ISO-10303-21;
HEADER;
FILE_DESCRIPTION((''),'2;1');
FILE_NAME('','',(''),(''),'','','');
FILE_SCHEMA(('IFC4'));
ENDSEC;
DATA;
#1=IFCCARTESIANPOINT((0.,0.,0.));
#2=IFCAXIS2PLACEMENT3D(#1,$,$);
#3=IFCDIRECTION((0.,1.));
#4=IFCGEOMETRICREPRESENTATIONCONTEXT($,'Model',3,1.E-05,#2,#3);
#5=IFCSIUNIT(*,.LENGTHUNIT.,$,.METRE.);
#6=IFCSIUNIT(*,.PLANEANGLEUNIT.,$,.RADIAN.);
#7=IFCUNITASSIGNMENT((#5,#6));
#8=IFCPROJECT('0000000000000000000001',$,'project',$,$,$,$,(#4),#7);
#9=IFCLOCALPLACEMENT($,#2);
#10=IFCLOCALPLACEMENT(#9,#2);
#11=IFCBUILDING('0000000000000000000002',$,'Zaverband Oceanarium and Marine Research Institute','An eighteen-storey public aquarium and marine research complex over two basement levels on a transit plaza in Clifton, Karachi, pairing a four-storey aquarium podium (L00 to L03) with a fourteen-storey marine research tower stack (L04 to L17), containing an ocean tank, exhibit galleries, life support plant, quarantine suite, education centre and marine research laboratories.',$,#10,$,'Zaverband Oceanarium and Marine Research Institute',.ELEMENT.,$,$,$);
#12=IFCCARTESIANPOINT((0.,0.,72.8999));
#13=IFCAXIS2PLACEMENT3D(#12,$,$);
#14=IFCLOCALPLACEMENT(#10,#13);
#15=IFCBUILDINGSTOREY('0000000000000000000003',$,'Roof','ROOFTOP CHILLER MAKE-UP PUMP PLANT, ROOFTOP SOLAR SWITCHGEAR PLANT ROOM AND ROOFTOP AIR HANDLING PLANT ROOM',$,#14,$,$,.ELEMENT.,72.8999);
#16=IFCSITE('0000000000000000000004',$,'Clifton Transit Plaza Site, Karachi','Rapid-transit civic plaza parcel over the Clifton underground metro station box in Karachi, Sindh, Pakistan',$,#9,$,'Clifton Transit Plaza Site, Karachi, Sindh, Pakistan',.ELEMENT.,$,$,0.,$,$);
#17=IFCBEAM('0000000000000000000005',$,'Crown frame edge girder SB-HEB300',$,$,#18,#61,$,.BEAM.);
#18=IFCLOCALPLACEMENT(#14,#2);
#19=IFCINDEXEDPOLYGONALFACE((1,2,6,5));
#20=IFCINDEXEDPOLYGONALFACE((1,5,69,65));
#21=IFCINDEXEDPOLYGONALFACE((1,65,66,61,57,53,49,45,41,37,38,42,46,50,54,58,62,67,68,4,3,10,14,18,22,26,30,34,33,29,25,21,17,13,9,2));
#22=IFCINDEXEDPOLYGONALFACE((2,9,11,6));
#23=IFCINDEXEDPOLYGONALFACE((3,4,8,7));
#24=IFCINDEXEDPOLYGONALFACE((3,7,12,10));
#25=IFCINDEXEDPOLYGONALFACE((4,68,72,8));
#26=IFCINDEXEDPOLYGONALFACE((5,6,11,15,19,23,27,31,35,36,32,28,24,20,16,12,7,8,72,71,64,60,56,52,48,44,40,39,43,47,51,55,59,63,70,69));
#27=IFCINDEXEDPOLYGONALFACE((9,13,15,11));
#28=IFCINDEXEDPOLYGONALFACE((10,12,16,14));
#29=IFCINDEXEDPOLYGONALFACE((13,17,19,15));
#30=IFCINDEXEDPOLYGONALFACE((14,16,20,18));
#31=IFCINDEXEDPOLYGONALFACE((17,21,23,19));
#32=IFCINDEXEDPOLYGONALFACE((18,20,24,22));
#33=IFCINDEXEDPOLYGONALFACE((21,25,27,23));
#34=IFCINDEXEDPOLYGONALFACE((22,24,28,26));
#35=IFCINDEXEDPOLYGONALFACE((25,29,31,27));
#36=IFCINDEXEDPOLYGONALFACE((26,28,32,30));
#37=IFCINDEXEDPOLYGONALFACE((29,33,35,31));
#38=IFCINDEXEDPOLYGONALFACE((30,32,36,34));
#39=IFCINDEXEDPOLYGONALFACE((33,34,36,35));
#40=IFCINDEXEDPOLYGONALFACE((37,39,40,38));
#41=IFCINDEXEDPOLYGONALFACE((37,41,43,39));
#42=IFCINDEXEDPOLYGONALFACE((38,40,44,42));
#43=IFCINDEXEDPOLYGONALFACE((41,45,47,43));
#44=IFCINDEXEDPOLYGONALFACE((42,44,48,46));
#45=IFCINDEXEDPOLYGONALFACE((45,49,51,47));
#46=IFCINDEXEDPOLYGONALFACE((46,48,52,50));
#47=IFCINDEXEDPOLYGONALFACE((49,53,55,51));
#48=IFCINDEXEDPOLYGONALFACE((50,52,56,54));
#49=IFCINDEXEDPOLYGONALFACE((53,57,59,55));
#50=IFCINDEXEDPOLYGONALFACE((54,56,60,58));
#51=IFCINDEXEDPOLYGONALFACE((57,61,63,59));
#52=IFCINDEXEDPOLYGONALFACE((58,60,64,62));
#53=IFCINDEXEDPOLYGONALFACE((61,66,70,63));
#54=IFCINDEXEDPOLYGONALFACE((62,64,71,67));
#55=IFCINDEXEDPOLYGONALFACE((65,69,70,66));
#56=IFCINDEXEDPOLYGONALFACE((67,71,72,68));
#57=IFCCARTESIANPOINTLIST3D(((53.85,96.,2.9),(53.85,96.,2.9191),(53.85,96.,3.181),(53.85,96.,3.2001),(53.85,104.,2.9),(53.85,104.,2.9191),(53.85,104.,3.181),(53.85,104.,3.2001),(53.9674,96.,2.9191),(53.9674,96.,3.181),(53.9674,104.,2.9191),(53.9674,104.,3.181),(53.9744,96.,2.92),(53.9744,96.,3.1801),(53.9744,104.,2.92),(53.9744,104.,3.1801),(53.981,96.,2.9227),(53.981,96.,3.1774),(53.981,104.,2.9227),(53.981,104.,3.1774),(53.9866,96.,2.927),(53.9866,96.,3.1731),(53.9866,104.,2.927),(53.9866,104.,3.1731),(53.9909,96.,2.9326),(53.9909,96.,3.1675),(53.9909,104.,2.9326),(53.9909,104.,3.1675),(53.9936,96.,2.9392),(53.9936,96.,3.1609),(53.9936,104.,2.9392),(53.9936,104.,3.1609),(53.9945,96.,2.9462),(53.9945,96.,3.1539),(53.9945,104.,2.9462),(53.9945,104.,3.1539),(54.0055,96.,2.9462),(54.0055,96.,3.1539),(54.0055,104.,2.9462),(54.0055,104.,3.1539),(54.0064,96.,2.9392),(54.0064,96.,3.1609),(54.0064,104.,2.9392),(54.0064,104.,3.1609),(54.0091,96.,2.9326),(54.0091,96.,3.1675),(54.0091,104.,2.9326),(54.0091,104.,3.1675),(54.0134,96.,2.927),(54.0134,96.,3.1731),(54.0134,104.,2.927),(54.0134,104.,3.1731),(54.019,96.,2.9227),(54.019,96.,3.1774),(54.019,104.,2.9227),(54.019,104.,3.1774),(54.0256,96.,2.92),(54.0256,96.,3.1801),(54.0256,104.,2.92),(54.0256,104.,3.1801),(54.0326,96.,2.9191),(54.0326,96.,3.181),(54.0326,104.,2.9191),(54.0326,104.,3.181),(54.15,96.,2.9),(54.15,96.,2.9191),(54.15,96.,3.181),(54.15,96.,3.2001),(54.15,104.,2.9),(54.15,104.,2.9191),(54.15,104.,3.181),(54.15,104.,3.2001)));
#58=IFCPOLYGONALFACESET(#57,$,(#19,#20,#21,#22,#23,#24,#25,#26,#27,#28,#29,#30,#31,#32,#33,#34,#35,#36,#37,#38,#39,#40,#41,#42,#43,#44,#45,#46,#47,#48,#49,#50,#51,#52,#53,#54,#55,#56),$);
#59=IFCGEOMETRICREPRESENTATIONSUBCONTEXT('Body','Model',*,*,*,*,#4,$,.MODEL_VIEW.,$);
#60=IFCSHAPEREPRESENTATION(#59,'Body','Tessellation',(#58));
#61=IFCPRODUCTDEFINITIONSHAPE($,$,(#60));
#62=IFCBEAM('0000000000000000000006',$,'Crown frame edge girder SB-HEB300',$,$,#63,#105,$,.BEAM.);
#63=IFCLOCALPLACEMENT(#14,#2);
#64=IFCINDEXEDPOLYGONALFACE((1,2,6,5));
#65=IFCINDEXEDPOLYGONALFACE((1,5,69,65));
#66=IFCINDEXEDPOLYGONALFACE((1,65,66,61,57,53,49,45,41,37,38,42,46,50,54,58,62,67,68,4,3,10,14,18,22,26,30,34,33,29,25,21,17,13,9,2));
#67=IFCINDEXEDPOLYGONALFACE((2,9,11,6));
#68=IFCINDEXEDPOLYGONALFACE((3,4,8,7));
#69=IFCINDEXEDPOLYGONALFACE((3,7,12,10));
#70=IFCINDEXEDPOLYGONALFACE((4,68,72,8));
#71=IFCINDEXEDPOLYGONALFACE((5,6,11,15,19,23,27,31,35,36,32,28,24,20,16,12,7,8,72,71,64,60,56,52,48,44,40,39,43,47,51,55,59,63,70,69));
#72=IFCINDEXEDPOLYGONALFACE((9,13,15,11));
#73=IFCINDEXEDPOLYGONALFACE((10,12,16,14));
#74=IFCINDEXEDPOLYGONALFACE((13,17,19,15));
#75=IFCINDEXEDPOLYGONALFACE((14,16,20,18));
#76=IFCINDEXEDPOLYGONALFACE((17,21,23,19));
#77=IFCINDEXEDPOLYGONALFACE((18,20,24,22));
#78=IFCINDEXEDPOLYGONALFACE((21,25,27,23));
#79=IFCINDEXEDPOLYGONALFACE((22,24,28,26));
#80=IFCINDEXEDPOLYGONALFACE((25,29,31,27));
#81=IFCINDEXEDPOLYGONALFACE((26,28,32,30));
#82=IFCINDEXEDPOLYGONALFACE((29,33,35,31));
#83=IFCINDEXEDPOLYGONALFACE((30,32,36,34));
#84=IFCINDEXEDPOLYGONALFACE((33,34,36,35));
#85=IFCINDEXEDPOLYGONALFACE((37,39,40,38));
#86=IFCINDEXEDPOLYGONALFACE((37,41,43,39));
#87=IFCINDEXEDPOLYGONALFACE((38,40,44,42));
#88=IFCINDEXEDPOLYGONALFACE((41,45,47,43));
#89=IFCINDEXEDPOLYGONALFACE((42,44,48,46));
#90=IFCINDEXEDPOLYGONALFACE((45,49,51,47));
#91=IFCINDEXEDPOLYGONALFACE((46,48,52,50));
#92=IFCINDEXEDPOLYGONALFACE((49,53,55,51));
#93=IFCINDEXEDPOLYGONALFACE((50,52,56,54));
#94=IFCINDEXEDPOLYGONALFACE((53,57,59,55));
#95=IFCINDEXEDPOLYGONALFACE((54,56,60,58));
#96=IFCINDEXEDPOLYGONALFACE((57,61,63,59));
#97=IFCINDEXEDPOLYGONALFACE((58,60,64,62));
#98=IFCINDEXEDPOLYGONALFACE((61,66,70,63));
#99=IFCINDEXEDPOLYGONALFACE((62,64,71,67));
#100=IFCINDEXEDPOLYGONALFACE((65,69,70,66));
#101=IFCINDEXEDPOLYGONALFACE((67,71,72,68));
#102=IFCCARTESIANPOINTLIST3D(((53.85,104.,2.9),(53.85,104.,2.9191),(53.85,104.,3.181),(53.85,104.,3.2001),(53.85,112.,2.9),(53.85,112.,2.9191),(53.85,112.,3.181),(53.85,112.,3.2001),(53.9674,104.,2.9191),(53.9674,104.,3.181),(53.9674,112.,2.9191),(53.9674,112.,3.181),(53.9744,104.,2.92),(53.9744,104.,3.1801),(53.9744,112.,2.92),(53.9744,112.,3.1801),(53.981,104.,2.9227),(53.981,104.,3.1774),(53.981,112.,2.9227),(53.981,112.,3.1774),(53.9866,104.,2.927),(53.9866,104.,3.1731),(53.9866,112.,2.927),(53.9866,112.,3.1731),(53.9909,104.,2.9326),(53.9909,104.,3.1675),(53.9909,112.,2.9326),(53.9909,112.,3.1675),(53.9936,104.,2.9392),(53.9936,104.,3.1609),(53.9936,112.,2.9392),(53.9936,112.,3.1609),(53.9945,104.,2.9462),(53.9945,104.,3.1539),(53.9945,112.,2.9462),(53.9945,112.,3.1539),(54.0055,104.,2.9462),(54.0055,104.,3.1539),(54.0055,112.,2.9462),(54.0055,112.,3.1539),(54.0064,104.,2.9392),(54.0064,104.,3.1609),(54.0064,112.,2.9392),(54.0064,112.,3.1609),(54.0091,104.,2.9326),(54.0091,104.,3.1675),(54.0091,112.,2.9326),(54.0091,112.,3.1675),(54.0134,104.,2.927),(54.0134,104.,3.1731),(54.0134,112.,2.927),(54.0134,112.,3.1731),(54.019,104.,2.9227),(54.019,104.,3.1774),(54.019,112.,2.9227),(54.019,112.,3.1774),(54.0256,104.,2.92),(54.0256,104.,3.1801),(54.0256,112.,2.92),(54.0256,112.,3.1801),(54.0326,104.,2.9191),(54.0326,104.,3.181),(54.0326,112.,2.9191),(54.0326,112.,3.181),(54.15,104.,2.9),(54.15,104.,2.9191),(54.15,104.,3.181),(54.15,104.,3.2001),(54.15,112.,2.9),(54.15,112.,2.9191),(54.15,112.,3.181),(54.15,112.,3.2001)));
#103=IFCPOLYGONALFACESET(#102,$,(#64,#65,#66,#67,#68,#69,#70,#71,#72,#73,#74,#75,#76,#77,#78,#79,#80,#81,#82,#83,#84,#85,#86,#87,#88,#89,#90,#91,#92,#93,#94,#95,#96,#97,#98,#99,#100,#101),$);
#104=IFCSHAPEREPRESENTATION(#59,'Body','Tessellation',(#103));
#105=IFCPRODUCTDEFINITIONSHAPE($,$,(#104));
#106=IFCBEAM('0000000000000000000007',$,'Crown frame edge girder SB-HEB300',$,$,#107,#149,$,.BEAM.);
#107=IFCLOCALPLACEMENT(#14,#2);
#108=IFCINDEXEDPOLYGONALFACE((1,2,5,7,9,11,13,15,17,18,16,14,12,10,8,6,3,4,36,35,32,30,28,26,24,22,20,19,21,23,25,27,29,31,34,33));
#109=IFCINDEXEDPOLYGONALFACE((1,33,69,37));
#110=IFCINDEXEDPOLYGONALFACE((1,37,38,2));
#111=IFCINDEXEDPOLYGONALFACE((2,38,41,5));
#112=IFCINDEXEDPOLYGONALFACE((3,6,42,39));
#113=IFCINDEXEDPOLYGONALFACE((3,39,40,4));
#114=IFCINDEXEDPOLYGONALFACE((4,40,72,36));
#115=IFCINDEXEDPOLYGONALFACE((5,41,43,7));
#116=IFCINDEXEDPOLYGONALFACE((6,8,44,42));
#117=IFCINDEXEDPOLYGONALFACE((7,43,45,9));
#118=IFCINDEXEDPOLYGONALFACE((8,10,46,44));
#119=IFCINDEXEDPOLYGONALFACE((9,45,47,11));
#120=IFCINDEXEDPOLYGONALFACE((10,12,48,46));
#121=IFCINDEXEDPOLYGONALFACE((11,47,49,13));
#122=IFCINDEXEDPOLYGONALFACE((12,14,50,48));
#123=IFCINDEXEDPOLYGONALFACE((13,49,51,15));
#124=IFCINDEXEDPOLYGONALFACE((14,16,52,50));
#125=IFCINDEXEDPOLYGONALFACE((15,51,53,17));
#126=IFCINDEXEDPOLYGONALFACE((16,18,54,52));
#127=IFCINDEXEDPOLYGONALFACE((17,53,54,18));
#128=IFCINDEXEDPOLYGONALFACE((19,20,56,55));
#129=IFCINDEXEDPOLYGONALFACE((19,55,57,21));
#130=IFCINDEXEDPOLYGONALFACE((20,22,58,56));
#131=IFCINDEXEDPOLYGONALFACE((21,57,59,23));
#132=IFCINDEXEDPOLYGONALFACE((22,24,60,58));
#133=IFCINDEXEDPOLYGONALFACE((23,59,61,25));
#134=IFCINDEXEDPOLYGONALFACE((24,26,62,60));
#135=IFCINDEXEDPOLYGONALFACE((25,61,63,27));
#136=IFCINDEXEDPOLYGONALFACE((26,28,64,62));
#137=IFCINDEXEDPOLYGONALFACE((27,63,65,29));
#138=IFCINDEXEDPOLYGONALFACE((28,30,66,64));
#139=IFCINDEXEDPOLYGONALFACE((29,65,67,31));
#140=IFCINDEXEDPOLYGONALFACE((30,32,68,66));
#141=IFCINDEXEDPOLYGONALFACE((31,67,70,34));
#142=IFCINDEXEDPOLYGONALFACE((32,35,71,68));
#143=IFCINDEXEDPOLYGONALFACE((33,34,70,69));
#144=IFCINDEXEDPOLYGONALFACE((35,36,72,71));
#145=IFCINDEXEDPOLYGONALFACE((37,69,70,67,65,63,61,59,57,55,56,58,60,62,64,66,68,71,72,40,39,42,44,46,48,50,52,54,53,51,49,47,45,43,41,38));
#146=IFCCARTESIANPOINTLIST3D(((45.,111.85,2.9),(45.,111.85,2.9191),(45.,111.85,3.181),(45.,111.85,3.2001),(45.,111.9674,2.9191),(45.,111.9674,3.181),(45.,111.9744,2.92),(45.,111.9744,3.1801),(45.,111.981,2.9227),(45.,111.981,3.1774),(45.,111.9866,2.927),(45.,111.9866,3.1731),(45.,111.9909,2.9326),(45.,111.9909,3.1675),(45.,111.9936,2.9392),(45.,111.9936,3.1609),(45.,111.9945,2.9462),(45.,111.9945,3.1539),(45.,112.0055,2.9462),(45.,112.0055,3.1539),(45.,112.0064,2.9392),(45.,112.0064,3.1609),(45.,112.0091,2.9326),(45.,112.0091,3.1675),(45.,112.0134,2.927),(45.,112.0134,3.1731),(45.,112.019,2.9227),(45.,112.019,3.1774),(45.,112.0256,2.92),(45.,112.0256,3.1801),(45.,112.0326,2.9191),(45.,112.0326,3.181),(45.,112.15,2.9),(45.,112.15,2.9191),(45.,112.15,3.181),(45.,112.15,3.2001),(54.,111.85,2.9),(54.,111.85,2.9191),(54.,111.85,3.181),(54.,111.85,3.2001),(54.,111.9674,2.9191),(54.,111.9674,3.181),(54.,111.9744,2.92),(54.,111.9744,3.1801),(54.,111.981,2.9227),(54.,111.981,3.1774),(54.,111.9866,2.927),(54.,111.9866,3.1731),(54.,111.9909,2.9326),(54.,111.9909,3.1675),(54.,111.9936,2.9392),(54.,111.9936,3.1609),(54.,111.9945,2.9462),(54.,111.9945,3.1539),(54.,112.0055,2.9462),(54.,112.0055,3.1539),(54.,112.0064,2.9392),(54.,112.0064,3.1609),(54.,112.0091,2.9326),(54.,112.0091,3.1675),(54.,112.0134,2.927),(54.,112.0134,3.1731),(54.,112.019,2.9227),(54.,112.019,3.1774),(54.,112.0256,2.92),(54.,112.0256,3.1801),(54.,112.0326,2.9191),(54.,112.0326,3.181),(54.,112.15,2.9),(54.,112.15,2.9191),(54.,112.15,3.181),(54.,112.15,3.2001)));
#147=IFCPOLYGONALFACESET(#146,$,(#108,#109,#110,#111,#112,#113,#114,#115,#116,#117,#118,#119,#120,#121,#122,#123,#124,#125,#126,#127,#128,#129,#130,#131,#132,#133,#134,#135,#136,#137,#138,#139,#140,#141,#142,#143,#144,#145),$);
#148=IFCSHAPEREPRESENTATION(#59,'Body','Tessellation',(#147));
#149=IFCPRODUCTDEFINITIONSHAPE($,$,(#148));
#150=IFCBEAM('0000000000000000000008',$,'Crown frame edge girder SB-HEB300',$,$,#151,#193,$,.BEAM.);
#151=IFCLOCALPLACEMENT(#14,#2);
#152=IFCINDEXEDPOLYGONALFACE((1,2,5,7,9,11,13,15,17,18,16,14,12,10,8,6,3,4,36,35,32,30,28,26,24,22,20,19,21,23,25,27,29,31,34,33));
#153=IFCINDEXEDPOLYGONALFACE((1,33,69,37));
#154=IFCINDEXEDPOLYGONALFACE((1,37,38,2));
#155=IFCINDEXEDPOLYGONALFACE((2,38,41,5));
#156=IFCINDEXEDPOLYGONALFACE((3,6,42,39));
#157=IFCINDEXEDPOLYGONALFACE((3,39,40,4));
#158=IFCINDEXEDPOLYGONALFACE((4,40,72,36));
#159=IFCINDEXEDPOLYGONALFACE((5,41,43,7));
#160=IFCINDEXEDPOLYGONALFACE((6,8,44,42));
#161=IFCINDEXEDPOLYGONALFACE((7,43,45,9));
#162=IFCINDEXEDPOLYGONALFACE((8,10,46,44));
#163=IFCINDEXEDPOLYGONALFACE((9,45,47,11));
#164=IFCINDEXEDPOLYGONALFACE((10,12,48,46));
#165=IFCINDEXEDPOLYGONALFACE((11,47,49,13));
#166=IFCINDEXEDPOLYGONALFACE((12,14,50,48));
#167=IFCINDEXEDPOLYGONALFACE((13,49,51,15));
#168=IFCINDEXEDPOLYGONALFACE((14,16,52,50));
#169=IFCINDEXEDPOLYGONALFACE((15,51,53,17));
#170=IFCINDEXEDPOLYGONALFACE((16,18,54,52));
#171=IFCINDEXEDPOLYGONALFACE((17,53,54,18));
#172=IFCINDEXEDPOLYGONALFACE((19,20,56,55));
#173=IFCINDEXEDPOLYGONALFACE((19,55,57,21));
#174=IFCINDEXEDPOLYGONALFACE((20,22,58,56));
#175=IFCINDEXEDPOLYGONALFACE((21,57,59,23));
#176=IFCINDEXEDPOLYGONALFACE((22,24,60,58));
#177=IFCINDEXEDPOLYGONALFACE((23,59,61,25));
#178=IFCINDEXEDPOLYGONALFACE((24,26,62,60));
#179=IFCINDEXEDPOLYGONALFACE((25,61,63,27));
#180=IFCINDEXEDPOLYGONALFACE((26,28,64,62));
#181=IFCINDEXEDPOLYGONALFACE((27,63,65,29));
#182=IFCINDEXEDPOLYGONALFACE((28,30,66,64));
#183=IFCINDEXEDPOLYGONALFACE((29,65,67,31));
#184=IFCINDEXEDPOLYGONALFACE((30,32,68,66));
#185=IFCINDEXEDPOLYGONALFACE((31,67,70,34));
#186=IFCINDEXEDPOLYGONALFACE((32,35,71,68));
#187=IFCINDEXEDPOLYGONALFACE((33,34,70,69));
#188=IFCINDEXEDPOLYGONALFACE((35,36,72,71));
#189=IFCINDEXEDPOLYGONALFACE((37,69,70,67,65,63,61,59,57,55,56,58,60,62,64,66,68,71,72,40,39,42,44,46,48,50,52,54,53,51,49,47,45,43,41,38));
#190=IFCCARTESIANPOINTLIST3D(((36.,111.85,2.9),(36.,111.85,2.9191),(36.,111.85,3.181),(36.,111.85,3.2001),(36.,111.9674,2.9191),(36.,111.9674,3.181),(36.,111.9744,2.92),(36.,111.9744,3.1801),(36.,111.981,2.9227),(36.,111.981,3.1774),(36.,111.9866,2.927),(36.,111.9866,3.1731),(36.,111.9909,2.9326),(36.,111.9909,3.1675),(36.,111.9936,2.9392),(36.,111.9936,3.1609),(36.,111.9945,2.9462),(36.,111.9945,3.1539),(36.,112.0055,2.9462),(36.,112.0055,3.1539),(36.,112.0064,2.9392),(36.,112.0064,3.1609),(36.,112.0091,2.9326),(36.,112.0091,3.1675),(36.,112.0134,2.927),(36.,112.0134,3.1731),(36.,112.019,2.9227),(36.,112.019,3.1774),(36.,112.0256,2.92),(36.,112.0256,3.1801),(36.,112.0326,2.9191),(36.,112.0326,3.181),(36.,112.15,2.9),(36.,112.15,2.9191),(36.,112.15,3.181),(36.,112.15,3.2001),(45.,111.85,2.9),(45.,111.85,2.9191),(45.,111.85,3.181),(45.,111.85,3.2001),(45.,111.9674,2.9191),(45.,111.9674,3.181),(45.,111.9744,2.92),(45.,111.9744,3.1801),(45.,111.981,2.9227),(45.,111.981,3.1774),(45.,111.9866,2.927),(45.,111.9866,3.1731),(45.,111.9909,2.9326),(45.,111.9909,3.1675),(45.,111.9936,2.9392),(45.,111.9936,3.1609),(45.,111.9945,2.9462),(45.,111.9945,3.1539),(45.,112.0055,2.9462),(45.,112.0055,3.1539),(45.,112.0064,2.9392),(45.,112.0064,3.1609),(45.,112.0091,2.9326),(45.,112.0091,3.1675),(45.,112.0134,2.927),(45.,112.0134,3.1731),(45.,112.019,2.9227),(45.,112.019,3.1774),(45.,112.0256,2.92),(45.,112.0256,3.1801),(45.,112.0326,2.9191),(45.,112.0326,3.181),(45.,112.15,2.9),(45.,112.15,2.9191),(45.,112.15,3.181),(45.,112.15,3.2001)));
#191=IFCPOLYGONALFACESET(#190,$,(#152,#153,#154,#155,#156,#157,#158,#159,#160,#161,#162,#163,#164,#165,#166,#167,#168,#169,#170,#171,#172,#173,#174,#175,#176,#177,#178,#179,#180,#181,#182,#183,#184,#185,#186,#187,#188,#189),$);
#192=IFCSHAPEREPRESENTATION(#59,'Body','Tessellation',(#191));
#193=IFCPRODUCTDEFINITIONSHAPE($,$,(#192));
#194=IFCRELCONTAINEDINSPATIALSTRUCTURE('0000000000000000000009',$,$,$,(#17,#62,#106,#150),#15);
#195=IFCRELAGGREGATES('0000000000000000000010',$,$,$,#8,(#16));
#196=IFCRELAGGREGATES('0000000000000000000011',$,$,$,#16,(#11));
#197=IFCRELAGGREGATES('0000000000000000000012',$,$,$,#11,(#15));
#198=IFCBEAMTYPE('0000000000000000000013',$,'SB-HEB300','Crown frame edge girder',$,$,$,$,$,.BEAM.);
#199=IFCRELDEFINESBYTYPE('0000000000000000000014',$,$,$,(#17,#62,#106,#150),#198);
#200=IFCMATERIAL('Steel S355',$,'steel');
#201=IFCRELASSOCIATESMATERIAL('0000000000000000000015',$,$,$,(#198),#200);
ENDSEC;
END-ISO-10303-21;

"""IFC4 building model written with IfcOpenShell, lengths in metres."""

from ifc_helpers import new_model, si_unit, direction, frame, origin, origin_2d, place, context, subcontext, project, spatial, i_section, extrude, material, material_profile, profile_set, type_object, element, save


model = new_model("IFC4")

# Units and contexts
model_context = context("Model", 3, precision=1e-05, world=origin(), true_north=direction((0.0, 1.0)))
body_context = subcontext(model_context, "Body", "Model", "MODEL_VIEW")
ifc_project = project(units=[si_unit("LENGTHUNIT", "METRE"), si_unit("PLANEANGLEUNIT", "RADIAN")], contexts=[model_context])

# Site, building, storey
site_placement = place(None, origin())
site = spatial("IfcSite", under=ifc_project, at=site_placement, Name="Clifton Transit Plaza Site, Karachi", Description="Rapid-transit civic plaza parcel over the Clifton underground metro station box in Karachi, Sindh, Pakistan", LongName="Clifton Transit Plaza Site, Karachi, Sindh, Pakistan", CompositionType="ELEMENT", RefElevation=0.0)
building_placement = place(site_placement, origin())
building = spatial("IfcBuilding", under=site, at=building_placement, Name="Zaverband Oceanarium and Marine Research Institute", Description="An eighteen-storey public aquarium and marine research complex over two basement levels on a transit plaza in Clifton, Karachi, pairing a four-storey aquarium podium (L00 to L03) with a fourteen-storey marine research tower stack (L04 to L17), containing an ocean tank, exhibit galleries, life support plant, quarantine suite, education centre and marine research laboratories.", LongName="Zaverband Oceanarium and Marine Research Institute", CompositionType="ELEMENT")
storey_placement = place(building_placement, frame((0.0, 0.0, 72.8999)))
storey = spatial("IfcBuildingStorey", under=building, at=storey_placement, Name="Roof", Description="ROOFTOP CHILLER MAKE-UP PUMP PLANT, ROOFTOP SOLAR SWITCHGEAR PLANT ROOM AND ROOFTOP AIR HANDLING PLANT ROOM", CompositionType="ELEMENT", Elevation=72.8999)

# Shared definitions
ifc_material_1 = material(Name="Steel S355", Category="steel")

# Beams
ifc_material_profile_1 = material_profile(ifc_material_1, i_section(OverallWidth=0.3, OverallDepth=0.3, WebThickness=0.011, FlangeThickness=0.019, FilletRadius=0.0271, at=origin_2d()), Name="HEB300")
ifc_profile_set_1 = profile_set([ifc_material_profile_1], Name="Steel S355")
beam_type = type_object("IfcBeamType", Name="SB-HEB300", Description="Crown frame edge girder", PredefinedType="BEAM", material=ifc_profile_set_1)
for number, where, z_axis, x_axis, name in (
    (1, (54.0, 96.0, 3.05), (0.0, 1.0, 0.0), (-1.0, 0.0, 0.0), "Crown frame edge girder SB-HEB300"),
    (2, (54.0, 104.0, 3.05), (0.0, 1.0, 0.0), (-1.0, 0.0, 0.0), "Crown frame edge girder SB-HEB300"),
):
    element("IfcBeam", number, at=place(storey_placement, frame(where, z_axis=z_axis, x_axis=x_axis)), inside=storey, type_object=beam_type, Name=name, PredefinedType="BEAM", context=body_context, shape_type="SweptSolid", body=[
        extrude(i_section(OverallWidth=0.3, OverallDepth=0.3, WebThickness=0.011, FlangeThickness=0.019, FilletRadius=0.0271, at=origin_2d()), origin(), (0.0, 0.0, 1.0), 8.0),
    ])
for number, where, z_axis, x_axis, name in (
    (3, (54.0, 112.0, 3.05), (-1.0, 0.0, 0.0), (0.0, -1.0, 0.0), "Crown frame edge girder SB-HEB300"),
    (4, (45.0, 112.0, 3.05), (-1.0, 0.0, 0.0), (0.0, -1.0, 0.0), "Crown frame edge girder SB-HEB300"),
):
    element("IfcBeam", number, at=place(storey_placement, frame(where, z_axis=z_axis, x_axis=x_axis)), inside=storey, type_object=beam_type, Name=name, PredefinedType="BEAM", context=body_context, shape_type="SweptSolid", body=[
        extrude(i_section(OverallWidth=0.3, OverallDepth=0.3, WebThickness=0.011, FlangeThickness=0.019, FilletRadius=0.0271, at=origin_2d()), origin(), (0.0, 0.0, 1.0), 9.0),
    ])

save(model, "model.ifc")
